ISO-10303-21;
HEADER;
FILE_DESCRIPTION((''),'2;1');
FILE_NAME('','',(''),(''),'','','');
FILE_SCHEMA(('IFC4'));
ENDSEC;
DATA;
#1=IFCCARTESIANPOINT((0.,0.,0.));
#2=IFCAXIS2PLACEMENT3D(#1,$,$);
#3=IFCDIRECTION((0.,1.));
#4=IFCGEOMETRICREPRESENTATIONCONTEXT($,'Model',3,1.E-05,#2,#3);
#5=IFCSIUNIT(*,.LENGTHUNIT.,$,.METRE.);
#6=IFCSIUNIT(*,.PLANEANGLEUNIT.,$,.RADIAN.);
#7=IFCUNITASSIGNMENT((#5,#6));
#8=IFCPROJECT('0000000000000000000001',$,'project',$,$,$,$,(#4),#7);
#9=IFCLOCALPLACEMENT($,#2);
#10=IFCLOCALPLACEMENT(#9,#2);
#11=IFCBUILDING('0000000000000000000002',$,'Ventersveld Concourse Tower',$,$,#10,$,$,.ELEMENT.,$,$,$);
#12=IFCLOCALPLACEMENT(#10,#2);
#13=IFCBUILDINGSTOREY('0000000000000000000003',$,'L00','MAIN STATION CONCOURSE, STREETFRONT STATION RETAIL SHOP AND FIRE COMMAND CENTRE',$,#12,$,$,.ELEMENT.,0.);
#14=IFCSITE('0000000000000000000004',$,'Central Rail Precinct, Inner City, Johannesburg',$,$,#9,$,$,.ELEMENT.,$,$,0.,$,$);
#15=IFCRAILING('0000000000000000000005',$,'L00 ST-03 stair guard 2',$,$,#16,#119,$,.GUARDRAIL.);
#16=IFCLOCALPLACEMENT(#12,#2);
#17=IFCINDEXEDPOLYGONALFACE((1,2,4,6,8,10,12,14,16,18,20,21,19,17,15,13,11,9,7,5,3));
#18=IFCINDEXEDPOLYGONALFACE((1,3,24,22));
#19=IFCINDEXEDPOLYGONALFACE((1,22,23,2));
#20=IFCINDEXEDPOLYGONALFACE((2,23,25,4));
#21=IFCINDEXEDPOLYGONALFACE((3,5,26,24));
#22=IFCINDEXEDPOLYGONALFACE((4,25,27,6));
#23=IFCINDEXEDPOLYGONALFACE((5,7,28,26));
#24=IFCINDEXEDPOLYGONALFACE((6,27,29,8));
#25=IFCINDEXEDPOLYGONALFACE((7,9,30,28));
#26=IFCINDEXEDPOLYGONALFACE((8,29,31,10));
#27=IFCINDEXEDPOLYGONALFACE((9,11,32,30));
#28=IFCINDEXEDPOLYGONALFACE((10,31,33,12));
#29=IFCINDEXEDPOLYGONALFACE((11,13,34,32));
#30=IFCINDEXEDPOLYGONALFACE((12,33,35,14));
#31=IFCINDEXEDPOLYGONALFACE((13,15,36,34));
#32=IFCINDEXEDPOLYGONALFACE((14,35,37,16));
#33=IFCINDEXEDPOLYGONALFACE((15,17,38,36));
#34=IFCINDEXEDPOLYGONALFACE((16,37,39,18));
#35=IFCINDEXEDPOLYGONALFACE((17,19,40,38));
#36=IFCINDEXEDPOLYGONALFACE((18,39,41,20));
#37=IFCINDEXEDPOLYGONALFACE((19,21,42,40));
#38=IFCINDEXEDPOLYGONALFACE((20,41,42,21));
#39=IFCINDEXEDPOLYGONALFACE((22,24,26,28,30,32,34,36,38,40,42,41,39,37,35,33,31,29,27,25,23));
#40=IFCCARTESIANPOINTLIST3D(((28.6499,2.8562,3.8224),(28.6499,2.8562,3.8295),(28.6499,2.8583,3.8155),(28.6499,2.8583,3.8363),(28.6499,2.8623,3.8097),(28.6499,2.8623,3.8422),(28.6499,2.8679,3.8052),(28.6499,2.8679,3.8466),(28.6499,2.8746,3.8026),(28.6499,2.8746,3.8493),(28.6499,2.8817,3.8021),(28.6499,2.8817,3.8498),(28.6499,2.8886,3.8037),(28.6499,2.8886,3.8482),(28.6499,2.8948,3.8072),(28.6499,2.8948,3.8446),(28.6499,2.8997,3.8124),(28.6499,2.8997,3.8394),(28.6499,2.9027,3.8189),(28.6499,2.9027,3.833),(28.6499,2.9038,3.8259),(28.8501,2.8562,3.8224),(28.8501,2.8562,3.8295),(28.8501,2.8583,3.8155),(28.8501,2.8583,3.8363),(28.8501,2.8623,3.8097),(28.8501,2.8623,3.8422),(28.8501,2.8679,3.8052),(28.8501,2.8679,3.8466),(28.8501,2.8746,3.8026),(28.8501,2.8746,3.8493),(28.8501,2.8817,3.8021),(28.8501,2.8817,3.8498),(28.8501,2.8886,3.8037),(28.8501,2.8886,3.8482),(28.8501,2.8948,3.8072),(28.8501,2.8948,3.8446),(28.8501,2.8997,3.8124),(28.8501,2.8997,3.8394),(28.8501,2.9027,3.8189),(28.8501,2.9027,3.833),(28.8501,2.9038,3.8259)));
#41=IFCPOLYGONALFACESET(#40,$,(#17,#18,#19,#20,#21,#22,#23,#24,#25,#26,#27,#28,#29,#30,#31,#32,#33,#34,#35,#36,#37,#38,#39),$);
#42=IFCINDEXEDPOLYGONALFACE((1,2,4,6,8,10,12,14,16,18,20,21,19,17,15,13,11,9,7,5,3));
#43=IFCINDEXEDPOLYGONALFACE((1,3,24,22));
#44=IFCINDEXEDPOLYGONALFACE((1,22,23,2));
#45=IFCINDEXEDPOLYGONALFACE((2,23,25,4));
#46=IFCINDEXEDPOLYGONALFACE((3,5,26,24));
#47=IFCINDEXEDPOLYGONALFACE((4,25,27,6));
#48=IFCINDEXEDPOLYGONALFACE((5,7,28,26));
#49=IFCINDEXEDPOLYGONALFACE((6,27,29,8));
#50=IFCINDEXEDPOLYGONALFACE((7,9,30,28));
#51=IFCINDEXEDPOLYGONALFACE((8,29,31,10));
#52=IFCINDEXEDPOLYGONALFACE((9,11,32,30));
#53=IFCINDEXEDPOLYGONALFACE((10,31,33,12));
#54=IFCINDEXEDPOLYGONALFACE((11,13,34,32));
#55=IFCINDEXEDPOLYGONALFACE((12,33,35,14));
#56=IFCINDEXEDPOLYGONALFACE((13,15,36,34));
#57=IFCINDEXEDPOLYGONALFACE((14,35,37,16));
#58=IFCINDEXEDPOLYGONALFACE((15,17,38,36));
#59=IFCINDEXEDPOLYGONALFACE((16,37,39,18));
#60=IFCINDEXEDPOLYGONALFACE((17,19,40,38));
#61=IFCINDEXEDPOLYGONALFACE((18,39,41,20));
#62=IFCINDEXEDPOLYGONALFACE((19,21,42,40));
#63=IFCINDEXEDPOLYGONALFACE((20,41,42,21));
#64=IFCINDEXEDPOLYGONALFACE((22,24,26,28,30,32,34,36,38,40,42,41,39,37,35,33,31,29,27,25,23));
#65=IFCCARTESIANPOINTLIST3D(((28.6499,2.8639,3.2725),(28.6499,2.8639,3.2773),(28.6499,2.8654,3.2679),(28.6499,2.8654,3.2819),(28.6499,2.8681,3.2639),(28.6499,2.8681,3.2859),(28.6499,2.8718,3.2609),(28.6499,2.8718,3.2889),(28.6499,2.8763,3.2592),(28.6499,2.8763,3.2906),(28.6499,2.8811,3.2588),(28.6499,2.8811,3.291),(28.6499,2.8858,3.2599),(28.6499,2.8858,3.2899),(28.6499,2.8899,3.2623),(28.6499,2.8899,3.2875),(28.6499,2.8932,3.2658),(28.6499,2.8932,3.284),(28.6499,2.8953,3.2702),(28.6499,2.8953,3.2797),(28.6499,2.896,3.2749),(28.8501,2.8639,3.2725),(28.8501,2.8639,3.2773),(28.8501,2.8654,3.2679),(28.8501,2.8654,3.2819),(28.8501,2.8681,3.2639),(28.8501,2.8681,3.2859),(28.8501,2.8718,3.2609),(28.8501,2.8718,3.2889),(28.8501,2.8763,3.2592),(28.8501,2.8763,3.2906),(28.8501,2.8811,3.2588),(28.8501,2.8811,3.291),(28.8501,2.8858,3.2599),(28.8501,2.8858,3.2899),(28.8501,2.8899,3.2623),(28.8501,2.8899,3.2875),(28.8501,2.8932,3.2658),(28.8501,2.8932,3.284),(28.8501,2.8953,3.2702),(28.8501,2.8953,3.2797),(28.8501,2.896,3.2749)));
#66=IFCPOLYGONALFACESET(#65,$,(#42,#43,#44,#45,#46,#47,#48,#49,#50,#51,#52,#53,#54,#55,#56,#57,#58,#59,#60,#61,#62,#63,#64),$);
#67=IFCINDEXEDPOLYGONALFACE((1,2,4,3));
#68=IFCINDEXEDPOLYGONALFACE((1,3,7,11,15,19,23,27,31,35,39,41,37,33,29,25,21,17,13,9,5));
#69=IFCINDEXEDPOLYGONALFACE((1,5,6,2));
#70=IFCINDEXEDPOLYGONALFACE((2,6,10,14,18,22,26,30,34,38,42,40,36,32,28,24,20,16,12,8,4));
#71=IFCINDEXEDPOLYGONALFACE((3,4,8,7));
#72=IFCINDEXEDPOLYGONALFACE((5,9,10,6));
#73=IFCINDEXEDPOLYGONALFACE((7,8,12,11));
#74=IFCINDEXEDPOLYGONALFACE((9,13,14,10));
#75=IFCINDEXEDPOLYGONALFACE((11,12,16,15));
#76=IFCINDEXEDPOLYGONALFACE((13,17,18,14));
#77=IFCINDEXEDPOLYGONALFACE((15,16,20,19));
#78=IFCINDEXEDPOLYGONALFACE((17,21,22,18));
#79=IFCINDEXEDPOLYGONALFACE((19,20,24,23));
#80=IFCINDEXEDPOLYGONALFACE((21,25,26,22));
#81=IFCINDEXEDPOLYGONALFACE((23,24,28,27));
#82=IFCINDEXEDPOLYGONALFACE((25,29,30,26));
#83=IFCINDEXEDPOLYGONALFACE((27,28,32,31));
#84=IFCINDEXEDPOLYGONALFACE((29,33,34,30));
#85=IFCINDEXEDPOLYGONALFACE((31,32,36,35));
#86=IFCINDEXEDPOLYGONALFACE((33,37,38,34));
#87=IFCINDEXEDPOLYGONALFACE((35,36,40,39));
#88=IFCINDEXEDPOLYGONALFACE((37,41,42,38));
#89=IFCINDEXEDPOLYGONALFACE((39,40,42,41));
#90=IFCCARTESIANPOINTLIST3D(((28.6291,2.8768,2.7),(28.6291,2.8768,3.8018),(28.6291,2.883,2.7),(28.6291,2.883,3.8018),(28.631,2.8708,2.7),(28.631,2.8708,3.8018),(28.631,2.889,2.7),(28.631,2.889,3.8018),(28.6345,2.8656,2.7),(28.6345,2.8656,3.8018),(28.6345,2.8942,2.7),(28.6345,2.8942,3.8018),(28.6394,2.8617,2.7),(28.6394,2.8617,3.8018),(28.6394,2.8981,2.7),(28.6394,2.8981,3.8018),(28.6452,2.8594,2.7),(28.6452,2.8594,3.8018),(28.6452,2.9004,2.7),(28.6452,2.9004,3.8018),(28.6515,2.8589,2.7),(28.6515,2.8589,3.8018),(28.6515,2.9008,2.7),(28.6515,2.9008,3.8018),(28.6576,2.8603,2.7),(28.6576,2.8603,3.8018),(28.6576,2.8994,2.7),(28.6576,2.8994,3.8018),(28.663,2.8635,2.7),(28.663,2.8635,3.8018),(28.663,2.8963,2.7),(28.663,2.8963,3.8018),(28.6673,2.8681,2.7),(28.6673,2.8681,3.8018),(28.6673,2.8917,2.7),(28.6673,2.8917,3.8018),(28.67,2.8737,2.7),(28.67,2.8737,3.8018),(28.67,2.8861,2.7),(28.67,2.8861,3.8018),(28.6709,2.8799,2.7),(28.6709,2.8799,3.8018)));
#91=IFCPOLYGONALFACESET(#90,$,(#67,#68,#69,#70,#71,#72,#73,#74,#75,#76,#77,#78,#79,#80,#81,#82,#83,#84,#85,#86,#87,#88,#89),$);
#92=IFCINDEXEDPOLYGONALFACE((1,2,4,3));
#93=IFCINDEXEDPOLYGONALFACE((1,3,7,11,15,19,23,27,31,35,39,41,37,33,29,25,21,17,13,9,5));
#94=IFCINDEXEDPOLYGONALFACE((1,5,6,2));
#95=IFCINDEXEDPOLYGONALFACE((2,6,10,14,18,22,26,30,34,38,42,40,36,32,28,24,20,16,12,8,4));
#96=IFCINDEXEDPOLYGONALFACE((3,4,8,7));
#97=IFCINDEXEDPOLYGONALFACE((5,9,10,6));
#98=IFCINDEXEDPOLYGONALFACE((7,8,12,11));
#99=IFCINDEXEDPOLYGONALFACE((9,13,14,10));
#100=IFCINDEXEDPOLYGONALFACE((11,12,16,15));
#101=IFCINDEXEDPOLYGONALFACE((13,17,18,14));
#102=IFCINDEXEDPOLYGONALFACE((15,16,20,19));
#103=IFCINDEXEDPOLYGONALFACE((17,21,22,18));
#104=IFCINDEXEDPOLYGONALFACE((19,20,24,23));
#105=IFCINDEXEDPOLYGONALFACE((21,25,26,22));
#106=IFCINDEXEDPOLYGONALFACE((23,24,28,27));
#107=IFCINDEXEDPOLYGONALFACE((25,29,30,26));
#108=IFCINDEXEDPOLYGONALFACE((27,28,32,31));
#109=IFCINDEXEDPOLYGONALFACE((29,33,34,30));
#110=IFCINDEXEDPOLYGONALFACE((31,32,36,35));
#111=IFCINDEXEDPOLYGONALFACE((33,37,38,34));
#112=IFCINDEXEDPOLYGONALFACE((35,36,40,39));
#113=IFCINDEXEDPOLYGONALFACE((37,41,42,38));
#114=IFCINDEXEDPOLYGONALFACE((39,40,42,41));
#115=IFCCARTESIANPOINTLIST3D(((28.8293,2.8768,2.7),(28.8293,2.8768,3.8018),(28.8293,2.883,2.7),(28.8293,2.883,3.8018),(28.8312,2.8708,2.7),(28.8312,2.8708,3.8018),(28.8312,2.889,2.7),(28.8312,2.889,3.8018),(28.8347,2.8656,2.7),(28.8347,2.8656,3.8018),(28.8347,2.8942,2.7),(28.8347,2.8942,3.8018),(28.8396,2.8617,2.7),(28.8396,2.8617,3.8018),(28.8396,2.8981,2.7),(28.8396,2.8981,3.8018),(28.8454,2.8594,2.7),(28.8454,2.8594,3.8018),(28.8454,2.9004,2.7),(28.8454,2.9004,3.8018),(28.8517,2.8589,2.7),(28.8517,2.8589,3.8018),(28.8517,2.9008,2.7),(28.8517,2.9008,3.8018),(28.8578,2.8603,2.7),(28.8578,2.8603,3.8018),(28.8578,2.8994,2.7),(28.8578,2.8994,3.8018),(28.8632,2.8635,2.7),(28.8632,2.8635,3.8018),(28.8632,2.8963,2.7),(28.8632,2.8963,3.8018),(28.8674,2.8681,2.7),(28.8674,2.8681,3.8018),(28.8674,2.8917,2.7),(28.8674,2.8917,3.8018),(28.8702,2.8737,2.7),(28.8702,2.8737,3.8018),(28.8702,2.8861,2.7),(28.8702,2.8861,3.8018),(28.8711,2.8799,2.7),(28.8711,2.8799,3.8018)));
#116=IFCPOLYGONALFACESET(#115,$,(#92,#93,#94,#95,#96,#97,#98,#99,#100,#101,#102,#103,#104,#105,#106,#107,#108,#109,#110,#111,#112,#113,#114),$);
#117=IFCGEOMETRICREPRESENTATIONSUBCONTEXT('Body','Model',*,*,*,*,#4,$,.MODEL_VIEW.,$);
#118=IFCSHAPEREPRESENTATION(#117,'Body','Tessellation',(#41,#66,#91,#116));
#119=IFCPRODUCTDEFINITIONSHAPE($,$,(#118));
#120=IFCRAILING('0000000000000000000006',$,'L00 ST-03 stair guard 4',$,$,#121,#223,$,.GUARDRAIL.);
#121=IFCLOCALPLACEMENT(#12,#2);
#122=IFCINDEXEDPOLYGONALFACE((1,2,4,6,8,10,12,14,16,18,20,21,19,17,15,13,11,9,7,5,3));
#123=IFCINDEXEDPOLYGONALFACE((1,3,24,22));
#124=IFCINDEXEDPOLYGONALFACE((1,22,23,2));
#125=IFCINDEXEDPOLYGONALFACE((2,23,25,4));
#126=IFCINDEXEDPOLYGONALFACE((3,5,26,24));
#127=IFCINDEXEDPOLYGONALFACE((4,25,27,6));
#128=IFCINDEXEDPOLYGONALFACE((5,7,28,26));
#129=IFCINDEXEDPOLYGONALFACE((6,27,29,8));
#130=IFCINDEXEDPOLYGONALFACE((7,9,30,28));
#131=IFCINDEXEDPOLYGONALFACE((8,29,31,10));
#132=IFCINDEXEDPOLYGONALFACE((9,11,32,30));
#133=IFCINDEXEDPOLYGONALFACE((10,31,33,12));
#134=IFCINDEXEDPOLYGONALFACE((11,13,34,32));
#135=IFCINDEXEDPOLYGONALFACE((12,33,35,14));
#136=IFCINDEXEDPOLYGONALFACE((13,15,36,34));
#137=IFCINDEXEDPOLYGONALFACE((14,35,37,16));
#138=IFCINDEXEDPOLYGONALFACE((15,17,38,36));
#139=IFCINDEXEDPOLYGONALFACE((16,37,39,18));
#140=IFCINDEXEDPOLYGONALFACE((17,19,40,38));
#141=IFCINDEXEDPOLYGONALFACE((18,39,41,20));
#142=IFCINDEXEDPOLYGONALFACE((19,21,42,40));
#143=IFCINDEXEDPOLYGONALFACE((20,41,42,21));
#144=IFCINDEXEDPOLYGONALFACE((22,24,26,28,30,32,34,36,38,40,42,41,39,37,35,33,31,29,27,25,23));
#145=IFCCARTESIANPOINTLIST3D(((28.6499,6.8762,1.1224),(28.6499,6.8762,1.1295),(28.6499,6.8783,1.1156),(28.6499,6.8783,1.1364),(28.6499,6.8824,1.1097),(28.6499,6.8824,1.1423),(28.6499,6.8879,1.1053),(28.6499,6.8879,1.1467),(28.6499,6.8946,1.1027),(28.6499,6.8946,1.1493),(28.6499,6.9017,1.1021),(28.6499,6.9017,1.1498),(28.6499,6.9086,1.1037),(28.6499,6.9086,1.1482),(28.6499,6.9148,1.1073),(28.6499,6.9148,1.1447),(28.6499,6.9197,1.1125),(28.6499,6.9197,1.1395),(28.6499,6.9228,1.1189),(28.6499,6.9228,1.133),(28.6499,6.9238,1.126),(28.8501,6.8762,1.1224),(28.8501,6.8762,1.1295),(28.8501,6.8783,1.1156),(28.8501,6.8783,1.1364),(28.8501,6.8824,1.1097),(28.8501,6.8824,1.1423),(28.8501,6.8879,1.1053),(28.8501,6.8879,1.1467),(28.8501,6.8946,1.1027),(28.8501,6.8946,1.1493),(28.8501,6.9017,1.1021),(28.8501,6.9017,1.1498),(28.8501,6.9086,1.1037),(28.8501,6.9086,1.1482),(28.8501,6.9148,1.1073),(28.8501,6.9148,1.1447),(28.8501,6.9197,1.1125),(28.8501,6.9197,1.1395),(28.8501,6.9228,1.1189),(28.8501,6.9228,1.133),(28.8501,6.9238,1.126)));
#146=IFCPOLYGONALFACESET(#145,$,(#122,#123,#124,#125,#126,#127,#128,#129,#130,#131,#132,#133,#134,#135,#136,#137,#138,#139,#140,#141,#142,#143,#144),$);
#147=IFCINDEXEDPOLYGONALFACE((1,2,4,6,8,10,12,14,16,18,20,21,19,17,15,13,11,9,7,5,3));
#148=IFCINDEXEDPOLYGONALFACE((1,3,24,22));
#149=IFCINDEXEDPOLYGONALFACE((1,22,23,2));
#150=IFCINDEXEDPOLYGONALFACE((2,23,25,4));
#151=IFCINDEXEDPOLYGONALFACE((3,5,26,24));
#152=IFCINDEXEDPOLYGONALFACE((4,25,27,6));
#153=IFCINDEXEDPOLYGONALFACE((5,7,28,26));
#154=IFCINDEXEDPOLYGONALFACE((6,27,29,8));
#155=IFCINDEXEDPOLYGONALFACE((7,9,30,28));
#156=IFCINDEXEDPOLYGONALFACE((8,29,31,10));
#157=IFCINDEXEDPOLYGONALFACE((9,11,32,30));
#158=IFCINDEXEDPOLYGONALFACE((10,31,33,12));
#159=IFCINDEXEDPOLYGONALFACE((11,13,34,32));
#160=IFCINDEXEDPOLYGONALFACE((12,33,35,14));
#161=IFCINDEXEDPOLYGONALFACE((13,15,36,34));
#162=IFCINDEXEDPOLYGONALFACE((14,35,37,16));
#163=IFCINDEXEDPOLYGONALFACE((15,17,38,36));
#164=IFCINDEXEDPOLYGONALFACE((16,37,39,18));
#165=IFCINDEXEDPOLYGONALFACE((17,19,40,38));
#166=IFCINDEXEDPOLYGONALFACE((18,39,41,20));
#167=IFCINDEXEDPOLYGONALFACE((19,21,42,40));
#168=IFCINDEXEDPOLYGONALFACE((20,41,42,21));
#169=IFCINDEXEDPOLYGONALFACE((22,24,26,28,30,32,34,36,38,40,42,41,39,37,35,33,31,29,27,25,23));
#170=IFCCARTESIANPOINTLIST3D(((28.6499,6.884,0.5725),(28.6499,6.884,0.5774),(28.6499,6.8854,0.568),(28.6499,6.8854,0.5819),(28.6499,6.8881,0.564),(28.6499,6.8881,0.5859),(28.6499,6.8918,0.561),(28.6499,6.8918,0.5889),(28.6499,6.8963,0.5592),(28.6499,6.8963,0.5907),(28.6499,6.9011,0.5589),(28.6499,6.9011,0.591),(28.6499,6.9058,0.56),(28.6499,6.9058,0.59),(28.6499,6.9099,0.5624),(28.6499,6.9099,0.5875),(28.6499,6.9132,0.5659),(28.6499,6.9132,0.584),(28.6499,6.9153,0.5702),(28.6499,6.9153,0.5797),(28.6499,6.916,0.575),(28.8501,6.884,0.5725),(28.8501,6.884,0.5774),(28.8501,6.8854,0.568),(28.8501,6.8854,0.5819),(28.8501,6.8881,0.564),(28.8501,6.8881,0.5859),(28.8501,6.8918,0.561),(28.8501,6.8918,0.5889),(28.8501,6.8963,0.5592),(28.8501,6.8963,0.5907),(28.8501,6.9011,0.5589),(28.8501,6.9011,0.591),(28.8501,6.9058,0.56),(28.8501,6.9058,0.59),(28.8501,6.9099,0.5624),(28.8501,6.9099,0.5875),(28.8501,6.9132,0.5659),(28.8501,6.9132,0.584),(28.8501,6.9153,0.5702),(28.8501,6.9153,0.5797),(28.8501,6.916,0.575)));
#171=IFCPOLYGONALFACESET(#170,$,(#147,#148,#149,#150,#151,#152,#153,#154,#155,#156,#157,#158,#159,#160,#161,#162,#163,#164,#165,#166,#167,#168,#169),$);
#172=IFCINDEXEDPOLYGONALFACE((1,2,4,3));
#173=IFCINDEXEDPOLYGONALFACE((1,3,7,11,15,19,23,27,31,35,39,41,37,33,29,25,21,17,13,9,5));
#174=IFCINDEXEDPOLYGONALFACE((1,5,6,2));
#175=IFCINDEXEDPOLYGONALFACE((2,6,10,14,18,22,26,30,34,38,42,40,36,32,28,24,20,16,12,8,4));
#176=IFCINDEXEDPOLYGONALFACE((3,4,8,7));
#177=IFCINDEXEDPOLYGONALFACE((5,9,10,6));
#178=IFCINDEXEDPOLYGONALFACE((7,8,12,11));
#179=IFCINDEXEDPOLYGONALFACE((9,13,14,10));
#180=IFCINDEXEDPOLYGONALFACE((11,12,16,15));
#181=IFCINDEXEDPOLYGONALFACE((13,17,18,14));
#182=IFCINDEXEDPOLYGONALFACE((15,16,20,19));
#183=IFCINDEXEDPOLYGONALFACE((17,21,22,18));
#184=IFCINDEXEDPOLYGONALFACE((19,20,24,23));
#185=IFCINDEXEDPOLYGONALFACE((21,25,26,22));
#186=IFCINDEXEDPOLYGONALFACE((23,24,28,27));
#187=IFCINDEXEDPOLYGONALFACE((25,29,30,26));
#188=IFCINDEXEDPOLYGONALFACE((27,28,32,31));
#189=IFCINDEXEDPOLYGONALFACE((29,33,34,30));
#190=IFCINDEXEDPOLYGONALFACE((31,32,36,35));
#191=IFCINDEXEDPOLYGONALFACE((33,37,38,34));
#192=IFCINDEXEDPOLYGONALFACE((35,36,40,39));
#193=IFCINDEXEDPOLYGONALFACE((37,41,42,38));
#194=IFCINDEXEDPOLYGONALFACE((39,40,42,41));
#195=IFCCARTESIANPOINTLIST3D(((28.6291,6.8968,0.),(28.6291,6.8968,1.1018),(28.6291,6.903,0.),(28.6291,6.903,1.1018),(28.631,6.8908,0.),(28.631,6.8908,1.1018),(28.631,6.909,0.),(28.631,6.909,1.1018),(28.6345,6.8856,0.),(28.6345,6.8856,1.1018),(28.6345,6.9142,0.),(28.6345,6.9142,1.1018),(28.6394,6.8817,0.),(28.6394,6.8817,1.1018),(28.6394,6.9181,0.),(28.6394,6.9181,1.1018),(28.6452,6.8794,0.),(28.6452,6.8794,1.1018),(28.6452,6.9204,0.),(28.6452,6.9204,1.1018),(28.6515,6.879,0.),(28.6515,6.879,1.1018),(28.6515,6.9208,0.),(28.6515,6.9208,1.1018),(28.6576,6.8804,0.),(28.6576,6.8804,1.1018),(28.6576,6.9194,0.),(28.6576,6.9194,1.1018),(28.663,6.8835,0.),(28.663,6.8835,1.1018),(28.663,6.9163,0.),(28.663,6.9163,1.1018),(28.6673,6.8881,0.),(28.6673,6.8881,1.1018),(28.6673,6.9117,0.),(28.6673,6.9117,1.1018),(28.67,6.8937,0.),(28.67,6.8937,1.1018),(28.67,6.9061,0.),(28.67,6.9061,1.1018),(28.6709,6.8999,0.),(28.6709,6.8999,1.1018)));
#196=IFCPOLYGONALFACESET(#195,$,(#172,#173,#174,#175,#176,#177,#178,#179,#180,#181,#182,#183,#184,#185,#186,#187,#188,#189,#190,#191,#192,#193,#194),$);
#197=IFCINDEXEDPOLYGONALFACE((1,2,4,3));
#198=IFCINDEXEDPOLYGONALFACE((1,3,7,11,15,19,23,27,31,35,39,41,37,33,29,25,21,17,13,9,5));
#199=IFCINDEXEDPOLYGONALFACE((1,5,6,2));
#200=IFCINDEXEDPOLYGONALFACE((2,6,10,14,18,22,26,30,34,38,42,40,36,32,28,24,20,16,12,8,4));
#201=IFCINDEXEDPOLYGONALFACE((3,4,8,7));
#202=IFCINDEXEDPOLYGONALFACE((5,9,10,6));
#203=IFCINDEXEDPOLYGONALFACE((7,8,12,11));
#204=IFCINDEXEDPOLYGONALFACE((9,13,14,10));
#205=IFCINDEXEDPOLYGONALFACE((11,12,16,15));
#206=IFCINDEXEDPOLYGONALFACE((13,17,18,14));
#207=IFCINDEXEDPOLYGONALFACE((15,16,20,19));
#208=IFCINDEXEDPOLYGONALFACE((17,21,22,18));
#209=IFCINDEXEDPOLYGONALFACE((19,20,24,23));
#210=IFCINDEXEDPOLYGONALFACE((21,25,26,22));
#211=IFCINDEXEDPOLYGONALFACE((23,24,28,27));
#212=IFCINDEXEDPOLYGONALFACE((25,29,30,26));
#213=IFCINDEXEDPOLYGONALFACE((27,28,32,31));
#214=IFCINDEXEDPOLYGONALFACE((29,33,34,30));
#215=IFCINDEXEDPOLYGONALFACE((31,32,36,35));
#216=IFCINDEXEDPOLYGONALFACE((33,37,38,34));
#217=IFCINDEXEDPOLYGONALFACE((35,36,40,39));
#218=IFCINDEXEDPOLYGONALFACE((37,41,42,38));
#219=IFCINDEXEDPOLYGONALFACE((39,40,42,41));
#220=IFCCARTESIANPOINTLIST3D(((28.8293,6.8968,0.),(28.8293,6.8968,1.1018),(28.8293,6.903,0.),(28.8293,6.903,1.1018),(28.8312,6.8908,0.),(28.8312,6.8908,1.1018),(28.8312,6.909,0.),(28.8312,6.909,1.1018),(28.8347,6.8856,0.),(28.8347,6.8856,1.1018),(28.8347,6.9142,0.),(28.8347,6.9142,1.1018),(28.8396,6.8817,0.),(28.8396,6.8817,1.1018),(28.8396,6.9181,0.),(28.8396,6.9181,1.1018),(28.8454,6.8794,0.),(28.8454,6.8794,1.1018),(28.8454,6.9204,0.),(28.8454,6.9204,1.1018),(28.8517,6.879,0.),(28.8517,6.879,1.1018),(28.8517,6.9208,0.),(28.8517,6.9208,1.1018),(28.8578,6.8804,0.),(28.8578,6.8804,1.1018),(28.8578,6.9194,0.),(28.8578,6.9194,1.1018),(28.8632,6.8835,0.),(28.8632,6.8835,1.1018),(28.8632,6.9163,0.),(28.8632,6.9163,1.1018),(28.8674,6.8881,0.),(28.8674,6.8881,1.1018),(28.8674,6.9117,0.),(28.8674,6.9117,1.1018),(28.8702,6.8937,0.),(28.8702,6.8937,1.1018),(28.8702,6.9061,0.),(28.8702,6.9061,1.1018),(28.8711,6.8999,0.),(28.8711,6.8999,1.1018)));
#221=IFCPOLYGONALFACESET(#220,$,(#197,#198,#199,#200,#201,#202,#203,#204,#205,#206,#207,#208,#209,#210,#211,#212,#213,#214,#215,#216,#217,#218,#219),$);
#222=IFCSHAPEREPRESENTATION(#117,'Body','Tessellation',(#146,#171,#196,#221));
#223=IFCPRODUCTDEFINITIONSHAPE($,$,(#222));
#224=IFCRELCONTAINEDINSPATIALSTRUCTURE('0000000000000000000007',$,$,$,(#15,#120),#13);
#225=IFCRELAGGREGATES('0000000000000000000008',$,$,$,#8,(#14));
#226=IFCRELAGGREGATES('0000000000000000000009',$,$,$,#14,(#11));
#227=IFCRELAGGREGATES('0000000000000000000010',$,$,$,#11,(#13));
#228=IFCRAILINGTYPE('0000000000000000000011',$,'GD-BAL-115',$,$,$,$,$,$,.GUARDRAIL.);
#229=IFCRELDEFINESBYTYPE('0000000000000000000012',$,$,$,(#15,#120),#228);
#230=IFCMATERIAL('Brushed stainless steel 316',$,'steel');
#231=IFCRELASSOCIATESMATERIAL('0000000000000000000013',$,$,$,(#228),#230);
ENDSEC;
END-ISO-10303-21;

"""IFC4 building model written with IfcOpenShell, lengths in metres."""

from ifc_helpers import new_model, si_unit, direction, frame, origin, origin_2d, place, context, subcontext, project, spatial, circle, extrude, material, type_object, element, save


model = new_model("IFC4")

# Units and contexts
model_context = context("Model", 3, precision=1e-05, world=origin(), true_north=direction((0.0, 1.0)))
body_context = subcontext(model_context, "Body", "Model", "MODEL_VIEW")
ifc_project = project(units=[si_unit("LENGTHUNIT", "METRE"), si_unit("PLANEANGLEUNIT", "RADIAN")], contexts=[model_context])

# Site, building, storey
site_placement = place(None, origin())
site = spatial("IfcSite", under=ifc_project, at=site_placement, Name="Central Rail Precinct, Inner City, Johannesburg", CompositionType="ELEMENT", RefElevation=0.0)
building_placement = place(site_placement, origin())
building = spatial("IfcBuilding", under=site, at=building_placement, Name="Ventersveld Concourse Tower", CompositionType="ELEMENT")
storey_placement = place(building_placement, origin())
storey = spatial("IfcBuildingStorey", under=building, at=storey_placement, Name="L00", Description="MAIN STATION CONCOURSE, STREETFRONT STATION RETAIL SHOP AND FIRE COMMAND CENTRE", CompositionType="ELEMENT", Elevation=0.0)

# Shared definitions
ifc_material_1 = material(Name="Brushed stainless steel 316", Category="steel")

# Railings
railing_type_1 = type_object("IfcRailingType", Name="GD-BAL-115", PredefinedType="GUARDRAIL", material=ifc_material_1)
for number, where, name in (
    (1, (28.6499, 2.8799, 2.7), "L00 ST-03 stair guard 2"),
    (2, (28.6499, 6.8999, 0.0), "L00 ST-03 stair guard 4"),
):
    element("IfcRailing", number, at=place(storey_placement, frame(where)), inside=storey, type_object=railing_type_1, Name=name, PredefinedType="GUARDRAIL", context=body_context, shape_type="SweptSolid", body=[
        extrude(circle(Radius=0.0239, at=origin_2d()), frame((0.0, 0.0, 1.126), z_axis=(1.0, 0.0, 0.0), x_axis=(0.0, 1.0, 0.0)), (0.0, 0.0, 1.0), 0.2002),
        extrude(circle(Radius=0.0161, at=origin_2d()), frame((0.0, 0.0, 0.575), z_axis=(1.0, 0.0, 0.0), x_axis=(0.0, 1.0, 0.0)), (0.0, 0.0, 1.0), 0.2002),
        extrude(circle(Radius=0.021, at=origin_2d()), origin(), (0.0, 0.0, 1.0), 1.1018),
        extrude(circle(Radius=0.021, at=origin_2d()), frame((0.2002, 0.0, 0.0)), (0.0, 0.0, 1.0), 1.1018),
    ])

save(model, "model.ifc")
